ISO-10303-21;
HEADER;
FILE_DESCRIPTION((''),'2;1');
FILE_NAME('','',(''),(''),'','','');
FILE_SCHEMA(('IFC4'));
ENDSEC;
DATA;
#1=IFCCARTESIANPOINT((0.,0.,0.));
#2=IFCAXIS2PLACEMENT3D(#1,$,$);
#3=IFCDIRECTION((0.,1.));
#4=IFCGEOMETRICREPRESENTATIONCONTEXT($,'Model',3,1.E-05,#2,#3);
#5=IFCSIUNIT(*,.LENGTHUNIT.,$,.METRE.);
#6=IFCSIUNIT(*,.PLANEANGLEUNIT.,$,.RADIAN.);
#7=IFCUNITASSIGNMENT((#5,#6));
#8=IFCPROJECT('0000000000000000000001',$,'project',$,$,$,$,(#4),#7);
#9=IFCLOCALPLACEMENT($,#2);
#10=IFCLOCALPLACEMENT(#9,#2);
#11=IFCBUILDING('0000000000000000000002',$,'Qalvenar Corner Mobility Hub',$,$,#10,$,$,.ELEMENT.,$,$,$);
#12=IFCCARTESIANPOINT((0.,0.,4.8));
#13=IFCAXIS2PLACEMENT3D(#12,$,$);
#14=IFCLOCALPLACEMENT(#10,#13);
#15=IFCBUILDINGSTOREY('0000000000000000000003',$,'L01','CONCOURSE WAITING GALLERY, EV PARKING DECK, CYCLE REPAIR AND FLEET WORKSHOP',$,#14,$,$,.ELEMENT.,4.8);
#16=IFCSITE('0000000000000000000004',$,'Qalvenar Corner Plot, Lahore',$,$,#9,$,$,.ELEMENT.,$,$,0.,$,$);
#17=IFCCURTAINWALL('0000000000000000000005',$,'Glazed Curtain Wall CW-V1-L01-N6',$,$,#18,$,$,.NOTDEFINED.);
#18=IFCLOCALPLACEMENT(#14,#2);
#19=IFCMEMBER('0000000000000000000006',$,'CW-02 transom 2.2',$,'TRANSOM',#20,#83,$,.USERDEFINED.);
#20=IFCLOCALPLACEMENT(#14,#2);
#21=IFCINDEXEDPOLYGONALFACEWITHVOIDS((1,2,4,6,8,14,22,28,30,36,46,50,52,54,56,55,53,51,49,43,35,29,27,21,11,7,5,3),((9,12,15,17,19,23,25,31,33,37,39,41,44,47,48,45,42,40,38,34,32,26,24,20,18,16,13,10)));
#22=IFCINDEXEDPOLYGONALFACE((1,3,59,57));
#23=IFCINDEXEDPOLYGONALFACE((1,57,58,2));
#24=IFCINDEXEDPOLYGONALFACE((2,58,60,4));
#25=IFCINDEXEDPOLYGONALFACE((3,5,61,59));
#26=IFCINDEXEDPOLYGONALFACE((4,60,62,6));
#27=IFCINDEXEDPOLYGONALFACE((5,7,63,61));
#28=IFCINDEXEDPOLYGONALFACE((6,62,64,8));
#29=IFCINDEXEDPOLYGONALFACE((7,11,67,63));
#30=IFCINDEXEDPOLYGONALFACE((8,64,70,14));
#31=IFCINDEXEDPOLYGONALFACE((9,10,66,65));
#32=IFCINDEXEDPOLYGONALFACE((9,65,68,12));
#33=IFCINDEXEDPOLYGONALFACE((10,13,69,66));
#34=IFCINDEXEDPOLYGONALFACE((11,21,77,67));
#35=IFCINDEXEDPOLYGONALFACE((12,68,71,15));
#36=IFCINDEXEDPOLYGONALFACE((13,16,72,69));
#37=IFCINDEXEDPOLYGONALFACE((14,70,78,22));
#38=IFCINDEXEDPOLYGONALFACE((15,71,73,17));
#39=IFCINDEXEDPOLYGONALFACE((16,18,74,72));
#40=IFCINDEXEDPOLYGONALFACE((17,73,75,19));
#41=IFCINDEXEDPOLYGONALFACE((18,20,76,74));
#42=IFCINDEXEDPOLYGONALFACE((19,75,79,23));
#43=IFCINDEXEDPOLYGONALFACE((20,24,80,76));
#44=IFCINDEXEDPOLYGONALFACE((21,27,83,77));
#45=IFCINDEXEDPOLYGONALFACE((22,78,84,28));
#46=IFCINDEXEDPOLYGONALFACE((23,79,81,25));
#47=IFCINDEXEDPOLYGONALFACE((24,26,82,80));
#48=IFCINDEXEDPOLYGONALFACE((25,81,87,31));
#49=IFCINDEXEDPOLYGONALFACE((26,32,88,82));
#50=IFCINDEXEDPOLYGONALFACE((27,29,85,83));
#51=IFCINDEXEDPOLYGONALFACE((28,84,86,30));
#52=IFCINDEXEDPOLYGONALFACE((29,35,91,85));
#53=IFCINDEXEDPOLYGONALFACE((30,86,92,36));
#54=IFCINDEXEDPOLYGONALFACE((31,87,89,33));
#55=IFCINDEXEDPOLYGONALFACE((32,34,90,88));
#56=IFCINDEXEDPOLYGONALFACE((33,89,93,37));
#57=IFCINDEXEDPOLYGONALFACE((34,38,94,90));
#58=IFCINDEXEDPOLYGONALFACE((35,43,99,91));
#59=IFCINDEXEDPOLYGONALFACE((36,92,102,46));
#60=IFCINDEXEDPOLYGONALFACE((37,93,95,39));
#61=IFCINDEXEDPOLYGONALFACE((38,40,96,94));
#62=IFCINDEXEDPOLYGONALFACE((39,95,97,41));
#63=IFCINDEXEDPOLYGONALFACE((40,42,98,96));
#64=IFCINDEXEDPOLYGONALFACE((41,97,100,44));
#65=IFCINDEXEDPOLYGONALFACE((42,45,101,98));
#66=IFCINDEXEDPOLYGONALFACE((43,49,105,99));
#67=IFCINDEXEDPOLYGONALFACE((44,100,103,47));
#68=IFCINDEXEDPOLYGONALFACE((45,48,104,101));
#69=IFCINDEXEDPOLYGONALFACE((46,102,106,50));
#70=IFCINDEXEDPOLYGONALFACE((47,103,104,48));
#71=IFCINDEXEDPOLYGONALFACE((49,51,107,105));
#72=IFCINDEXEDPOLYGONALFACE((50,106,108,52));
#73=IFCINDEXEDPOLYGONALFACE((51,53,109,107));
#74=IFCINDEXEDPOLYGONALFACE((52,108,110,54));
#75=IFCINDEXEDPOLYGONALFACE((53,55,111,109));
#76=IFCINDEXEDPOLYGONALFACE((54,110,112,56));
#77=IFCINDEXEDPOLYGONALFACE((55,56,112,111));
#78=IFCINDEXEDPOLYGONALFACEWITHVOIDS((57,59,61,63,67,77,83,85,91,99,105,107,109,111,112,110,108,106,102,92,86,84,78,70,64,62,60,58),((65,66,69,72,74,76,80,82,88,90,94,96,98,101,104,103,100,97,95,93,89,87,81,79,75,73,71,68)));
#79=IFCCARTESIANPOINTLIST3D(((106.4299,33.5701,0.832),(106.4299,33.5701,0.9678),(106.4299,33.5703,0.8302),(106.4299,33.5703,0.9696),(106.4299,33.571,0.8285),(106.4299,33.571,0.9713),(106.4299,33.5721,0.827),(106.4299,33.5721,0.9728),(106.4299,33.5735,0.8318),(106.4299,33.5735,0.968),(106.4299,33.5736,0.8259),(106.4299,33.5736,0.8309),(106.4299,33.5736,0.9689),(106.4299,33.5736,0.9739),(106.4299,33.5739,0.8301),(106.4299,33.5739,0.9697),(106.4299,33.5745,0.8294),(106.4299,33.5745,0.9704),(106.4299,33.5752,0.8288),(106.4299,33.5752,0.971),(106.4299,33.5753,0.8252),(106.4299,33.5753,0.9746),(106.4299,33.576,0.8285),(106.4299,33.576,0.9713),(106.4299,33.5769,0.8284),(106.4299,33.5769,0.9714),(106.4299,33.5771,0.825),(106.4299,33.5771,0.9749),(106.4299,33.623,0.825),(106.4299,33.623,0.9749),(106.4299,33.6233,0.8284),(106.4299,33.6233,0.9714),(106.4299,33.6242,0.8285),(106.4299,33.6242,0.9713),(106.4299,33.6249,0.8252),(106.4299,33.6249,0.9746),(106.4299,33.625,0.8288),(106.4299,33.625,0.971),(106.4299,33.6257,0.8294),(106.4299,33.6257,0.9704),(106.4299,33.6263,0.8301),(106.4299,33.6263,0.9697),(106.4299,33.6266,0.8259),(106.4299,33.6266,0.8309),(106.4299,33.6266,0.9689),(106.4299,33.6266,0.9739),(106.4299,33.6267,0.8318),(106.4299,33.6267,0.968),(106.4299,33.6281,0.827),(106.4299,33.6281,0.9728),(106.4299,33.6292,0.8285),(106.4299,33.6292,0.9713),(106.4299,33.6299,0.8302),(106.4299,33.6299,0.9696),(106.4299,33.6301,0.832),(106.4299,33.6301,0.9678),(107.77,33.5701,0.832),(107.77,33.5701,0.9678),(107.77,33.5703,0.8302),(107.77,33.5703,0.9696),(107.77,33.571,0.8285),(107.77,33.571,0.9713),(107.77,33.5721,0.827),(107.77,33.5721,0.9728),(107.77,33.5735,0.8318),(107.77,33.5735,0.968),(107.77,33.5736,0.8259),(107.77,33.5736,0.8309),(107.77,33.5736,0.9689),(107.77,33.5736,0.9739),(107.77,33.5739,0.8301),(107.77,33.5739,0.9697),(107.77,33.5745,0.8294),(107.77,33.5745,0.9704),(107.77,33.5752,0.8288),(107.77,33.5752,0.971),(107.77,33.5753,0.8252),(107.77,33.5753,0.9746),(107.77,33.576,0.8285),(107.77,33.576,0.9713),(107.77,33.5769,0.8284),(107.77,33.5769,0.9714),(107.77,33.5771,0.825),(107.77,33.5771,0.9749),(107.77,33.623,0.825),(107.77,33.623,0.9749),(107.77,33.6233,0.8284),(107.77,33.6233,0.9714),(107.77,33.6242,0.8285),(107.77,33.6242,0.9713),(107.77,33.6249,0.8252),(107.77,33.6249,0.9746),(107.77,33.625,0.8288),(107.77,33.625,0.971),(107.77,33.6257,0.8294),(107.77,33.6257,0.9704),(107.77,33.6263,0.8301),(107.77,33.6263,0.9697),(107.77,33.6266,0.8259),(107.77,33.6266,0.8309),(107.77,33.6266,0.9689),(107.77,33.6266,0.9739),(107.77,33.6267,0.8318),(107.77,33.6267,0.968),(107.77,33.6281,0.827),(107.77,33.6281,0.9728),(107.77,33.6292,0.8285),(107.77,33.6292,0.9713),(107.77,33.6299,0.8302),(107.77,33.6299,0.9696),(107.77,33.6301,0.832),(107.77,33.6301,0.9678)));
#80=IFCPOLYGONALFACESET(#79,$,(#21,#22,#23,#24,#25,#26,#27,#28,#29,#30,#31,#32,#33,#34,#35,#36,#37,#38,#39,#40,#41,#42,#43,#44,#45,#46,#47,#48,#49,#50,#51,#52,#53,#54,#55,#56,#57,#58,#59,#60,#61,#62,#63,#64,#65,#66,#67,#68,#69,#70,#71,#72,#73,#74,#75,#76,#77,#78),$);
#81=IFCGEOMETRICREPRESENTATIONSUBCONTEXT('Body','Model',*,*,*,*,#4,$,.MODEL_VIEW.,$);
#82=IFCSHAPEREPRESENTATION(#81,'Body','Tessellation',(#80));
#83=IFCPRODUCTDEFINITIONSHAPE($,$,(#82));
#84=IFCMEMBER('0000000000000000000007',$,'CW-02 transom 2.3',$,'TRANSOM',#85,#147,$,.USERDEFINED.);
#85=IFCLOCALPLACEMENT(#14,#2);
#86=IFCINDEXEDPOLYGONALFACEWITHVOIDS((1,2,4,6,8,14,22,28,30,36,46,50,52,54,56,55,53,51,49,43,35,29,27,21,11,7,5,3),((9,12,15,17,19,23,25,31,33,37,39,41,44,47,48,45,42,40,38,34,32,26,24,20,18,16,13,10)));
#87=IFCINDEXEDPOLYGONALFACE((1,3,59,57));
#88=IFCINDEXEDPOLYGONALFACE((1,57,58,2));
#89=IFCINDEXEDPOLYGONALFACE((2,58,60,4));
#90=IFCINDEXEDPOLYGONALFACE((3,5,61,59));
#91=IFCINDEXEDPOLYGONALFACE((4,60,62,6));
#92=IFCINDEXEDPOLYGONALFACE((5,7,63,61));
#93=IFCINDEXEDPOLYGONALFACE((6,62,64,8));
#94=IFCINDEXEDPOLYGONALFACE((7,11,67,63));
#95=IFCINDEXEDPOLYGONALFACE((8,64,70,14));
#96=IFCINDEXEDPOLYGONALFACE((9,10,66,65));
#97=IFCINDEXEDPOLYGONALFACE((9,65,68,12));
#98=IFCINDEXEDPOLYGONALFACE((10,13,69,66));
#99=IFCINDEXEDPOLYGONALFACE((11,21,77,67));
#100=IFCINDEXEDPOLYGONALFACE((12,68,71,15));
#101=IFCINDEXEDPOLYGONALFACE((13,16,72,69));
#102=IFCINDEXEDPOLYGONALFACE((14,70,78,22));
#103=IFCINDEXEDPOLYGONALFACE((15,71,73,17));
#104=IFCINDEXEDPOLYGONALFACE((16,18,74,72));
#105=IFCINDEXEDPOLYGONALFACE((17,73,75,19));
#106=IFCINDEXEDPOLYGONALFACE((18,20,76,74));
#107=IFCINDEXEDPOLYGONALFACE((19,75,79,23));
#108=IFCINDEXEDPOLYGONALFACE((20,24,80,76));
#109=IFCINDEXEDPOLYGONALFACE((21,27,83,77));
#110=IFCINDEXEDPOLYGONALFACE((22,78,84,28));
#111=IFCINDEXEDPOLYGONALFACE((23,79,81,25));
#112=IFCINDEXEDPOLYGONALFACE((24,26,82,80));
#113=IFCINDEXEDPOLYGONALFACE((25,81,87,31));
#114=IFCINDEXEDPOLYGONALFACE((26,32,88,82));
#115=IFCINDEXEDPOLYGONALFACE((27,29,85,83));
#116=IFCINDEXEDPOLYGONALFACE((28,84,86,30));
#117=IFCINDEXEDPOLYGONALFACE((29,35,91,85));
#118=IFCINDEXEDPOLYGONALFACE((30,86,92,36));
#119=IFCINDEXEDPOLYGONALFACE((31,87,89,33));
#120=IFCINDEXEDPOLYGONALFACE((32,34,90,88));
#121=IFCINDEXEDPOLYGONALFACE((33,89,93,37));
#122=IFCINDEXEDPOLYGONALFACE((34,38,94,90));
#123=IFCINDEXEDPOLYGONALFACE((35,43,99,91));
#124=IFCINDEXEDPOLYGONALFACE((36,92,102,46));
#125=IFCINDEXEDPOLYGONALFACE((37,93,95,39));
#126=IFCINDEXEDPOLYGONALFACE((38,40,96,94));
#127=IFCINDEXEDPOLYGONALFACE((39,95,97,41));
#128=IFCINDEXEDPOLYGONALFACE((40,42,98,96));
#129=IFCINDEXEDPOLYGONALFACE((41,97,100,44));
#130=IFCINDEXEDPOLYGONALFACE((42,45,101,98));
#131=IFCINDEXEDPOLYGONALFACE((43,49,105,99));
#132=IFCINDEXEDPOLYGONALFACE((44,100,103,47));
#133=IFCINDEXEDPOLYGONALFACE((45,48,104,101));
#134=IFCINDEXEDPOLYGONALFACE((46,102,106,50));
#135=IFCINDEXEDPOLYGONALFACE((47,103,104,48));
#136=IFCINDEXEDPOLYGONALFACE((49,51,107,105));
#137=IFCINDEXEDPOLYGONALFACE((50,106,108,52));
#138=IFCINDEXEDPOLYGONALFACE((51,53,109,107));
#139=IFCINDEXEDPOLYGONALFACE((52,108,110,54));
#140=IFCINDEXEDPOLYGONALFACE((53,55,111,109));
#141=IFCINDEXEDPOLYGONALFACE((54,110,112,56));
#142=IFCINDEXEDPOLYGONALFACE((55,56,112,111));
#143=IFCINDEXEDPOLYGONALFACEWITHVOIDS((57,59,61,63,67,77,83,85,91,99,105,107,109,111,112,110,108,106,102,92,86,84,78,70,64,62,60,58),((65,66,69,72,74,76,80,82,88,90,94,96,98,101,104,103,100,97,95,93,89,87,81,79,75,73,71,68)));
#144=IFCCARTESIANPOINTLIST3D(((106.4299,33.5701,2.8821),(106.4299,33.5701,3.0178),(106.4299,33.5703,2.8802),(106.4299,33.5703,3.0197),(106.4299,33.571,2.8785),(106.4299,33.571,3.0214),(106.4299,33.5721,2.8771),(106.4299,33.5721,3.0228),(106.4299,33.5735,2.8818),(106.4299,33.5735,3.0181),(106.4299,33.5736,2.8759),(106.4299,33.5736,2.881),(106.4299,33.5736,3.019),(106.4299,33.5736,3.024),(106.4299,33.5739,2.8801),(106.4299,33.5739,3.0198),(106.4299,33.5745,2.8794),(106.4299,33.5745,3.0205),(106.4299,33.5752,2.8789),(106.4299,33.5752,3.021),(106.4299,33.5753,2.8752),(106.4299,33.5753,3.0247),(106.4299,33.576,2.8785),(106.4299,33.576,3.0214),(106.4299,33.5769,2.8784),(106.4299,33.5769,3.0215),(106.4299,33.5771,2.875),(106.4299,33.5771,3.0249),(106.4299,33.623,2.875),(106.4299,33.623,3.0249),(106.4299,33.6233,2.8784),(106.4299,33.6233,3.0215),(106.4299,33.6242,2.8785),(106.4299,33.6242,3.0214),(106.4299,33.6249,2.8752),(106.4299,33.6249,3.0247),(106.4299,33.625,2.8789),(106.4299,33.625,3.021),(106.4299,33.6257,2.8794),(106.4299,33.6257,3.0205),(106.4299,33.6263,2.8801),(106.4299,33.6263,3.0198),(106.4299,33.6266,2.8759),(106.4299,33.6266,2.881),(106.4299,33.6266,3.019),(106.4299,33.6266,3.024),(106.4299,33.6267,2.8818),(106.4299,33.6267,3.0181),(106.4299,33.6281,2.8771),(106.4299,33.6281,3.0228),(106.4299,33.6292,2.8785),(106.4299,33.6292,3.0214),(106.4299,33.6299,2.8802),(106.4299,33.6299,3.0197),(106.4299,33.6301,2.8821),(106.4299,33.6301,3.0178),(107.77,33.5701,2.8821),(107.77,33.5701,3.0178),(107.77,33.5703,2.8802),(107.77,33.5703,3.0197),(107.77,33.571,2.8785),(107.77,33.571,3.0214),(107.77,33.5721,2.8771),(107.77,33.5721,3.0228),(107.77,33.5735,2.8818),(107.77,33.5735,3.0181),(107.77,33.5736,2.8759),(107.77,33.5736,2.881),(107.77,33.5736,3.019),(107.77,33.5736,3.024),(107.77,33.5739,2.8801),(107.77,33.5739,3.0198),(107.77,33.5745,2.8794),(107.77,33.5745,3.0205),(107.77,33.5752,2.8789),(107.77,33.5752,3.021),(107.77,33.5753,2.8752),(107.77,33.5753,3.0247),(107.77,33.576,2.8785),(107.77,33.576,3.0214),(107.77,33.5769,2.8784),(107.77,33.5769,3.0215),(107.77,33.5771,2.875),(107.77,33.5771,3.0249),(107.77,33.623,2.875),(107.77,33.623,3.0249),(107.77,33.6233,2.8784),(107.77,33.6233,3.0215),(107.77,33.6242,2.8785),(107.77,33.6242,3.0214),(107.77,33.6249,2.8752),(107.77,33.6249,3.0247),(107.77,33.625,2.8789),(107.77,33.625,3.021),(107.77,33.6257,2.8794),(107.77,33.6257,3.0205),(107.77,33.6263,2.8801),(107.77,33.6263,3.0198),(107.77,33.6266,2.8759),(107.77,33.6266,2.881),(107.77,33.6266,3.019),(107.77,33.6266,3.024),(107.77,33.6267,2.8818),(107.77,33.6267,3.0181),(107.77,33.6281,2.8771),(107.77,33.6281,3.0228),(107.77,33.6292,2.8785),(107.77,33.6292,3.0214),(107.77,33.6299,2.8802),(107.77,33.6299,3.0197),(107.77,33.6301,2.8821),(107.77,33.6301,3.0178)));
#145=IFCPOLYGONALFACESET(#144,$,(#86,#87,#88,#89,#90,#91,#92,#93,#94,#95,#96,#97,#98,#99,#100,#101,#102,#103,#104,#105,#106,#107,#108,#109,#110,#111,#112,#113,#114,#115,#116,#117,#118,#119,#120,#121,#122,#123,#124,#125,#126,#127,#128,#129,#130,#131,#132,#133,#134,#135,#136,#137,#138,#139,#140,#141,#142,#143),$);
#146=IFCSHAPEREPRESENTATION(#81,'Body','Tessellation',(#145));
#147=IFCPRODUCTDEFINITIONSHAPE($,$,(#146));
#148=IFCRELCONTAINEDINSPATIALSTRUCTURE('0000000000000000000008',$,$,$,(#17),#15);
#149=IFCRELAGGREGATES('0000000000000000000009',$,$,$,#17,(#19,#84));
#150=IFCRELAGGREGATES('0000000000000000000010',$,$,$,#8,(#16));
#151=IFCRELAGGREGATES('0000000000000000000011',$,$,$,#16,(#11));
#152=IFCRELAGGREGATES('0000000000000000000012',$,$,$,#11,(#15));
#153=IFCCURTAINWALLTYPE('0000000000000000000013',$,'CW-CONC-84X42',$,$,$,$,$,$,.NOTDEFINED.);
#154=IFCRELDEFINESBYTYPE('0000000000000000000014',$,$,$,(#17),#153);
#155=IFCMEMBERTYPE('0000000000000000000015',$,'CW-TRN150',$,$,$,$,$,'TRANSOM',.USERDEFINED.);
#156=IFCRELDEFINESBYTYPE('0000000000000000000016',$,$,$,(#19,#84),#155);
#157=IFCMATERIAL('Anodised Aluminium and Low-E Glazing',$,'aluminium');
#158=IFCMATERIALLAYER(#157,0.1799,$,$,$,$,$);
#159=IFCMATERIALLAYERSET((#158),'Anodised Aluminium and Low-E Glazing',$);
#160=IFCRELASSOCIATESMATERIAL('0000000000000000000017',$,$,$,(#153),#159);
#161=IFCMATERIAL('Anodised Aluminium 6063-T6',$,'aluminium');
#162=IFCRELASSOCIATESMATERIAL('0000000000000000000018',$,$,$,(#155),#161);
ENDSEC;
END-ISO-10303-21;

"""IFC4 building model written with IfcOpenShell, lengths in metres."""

from ifc_helpers import new_model, si_unit, direction, frame, origin, origin_2d, place, context, subcontext, project, spatial, hollow_rectangle, extrude, material, layer, layer_set, material_profile, profile_set, type_object, element, aggregate, save


model = new_model("IFC4")

# Units and contexts
model_context = context("Model", 3, precision=1e-05, world=origin(), true_north=direction((0.0, 1.0)))
body_context = subcontext(model_context, "Body", "Model", "MODEL_VIEW")
ifc_project = project(units=[si_unit("LENGTHUNIT", "METRE"), si_unit("PLANEANGLEUNIT", "RADIAN")], contexts=[model_context])

# Site, building, storey
site_placement = place(None, origin())
site = spatial("IfcSite", under=ifc_project, at=site_placement, Name="Qalvenar Corner Plot, Lahore", CompositionType="ELEMENT", RefElevation=0.0)
building_placement = place(site_placement, origin())
building = spatial("IfcBuilding", under=site, at=building_placement, Name="Qalvenar Corner Mobility Hub", CompositionType="ELEMENT")
storey_placement = place(building_placement, frame((0.0, 0.0, 4.8)))
storey = spatial("IfcBuildingStorey", under=building, at=storey_placement, Name="L01", Description="CONCOURSE WAITING GALLERY, EV PARKING DECK, CYCLE REPAIR AND FLEET WORKSHOP", CompositionType="ELEMENT", Elevation=4.8)

# Shared definitions
ifc_material_1 = material(Name="Anodised Aluminium and Low-E Glazing", Category="aluminium")
ifc_material_2 = material(Name="Anodised Aluminium 6063-T6", Category="aluminium")

# Curtain wall, members
ifc_layer_1 = layer(ifc_material_1, 0.1799)
ifc_layer_set_1 = layer_set([ifc_layer_1], Name="Anodised Aluminium and Low-E Glazing")
curtain_wall_type_1 = type_object("IfcCurtainWallType", Name="CW-CONC-84X42", PredefinedType="NOTDEFINED", material=ifc_layer_set_1)
curtain_wall_1_placement = place(storey_placement, origin())
curtain_wall_1 = element("IfcCurtainWall", 1, at=curtain_wall_1_placement, inside=storey, type_object=curtain_wall_type_1, Name="Glazed Curtain Wall CW-V1-L01-N6", PredefinedType="NOTDEFINED")
ifc_material_profile_1 = material_profile(ifc_material_2, hollow_rectangle(XDim=0.0601, YDim=0.1499, WallThickness=0.0034, InnerFilletRadius=0.0034, OuterFilletRadius=0.0071, at=origin_2d()), Name="RHS150x60x3.5")
ifc_profile_set_1 = profile_set([ifc_material_profile_1], Name="Anodised Aluminium 6063-T6")
member_type_1 = type_object("IfcMemberType", Name="CW-TRN150", ElementType="TRANSOM", PredefinedType="USERDEFINED", material=ifc_profile_set_1)
member_1_placement = place(storey_placement, frame((107.77, 33.6001, 0.8999), z_axis=(-1.0, 0.0, 0.0), x_axis=(0.0, -1.0, 0.0)))
member_1 = element("IfcMember", 2, at=member_1_placement, type_object=member_type_1, Name="CW-02 transom 2.2", ObjectType="TRANSOM", PredefinedType="USERDEFINED", context=body_context, shape_type="SweptSolid", body=[
    extrude(hollow_rectangle(XDim=0.0601, YDim=0.1499, WallThickness=0.0034, InnerFilletRadius=0.0034, OuterFilletRadius=0.0071, at=origin_2d()), origin(), (0.0, 0.0, 1.0), 1.3401),
])
member_2_placement = place(storey_placement, frame((107.77, 33.6001, 2.95), z_axis=(-1.0, 0.0, 0.0), x_axis=(0.0, -1.0, 0.0)))
member_2 = element("IfcMember", 3, at=member_2_placement, type_object=member_type_1, Name="CW-02 transom 2.3", ObjectType="TRANSOM", PredefinedType="USERDEFINED", context=body_context, shape_type="SweptSolid", body=[
    extrude(hollow_rectangle(XDim=0.0601, YDim=0.1499, WallThickness=0.0034, InnerFilletRadius=0.0034, OuterFilletRadius=0.0071, at=origin_2d()), origin(), (0.0, 0.0, 1.0), 1.3401),
])
aggregate(curtain_wall_1, [member_1, member_2])

save(model, "model.ifc")
